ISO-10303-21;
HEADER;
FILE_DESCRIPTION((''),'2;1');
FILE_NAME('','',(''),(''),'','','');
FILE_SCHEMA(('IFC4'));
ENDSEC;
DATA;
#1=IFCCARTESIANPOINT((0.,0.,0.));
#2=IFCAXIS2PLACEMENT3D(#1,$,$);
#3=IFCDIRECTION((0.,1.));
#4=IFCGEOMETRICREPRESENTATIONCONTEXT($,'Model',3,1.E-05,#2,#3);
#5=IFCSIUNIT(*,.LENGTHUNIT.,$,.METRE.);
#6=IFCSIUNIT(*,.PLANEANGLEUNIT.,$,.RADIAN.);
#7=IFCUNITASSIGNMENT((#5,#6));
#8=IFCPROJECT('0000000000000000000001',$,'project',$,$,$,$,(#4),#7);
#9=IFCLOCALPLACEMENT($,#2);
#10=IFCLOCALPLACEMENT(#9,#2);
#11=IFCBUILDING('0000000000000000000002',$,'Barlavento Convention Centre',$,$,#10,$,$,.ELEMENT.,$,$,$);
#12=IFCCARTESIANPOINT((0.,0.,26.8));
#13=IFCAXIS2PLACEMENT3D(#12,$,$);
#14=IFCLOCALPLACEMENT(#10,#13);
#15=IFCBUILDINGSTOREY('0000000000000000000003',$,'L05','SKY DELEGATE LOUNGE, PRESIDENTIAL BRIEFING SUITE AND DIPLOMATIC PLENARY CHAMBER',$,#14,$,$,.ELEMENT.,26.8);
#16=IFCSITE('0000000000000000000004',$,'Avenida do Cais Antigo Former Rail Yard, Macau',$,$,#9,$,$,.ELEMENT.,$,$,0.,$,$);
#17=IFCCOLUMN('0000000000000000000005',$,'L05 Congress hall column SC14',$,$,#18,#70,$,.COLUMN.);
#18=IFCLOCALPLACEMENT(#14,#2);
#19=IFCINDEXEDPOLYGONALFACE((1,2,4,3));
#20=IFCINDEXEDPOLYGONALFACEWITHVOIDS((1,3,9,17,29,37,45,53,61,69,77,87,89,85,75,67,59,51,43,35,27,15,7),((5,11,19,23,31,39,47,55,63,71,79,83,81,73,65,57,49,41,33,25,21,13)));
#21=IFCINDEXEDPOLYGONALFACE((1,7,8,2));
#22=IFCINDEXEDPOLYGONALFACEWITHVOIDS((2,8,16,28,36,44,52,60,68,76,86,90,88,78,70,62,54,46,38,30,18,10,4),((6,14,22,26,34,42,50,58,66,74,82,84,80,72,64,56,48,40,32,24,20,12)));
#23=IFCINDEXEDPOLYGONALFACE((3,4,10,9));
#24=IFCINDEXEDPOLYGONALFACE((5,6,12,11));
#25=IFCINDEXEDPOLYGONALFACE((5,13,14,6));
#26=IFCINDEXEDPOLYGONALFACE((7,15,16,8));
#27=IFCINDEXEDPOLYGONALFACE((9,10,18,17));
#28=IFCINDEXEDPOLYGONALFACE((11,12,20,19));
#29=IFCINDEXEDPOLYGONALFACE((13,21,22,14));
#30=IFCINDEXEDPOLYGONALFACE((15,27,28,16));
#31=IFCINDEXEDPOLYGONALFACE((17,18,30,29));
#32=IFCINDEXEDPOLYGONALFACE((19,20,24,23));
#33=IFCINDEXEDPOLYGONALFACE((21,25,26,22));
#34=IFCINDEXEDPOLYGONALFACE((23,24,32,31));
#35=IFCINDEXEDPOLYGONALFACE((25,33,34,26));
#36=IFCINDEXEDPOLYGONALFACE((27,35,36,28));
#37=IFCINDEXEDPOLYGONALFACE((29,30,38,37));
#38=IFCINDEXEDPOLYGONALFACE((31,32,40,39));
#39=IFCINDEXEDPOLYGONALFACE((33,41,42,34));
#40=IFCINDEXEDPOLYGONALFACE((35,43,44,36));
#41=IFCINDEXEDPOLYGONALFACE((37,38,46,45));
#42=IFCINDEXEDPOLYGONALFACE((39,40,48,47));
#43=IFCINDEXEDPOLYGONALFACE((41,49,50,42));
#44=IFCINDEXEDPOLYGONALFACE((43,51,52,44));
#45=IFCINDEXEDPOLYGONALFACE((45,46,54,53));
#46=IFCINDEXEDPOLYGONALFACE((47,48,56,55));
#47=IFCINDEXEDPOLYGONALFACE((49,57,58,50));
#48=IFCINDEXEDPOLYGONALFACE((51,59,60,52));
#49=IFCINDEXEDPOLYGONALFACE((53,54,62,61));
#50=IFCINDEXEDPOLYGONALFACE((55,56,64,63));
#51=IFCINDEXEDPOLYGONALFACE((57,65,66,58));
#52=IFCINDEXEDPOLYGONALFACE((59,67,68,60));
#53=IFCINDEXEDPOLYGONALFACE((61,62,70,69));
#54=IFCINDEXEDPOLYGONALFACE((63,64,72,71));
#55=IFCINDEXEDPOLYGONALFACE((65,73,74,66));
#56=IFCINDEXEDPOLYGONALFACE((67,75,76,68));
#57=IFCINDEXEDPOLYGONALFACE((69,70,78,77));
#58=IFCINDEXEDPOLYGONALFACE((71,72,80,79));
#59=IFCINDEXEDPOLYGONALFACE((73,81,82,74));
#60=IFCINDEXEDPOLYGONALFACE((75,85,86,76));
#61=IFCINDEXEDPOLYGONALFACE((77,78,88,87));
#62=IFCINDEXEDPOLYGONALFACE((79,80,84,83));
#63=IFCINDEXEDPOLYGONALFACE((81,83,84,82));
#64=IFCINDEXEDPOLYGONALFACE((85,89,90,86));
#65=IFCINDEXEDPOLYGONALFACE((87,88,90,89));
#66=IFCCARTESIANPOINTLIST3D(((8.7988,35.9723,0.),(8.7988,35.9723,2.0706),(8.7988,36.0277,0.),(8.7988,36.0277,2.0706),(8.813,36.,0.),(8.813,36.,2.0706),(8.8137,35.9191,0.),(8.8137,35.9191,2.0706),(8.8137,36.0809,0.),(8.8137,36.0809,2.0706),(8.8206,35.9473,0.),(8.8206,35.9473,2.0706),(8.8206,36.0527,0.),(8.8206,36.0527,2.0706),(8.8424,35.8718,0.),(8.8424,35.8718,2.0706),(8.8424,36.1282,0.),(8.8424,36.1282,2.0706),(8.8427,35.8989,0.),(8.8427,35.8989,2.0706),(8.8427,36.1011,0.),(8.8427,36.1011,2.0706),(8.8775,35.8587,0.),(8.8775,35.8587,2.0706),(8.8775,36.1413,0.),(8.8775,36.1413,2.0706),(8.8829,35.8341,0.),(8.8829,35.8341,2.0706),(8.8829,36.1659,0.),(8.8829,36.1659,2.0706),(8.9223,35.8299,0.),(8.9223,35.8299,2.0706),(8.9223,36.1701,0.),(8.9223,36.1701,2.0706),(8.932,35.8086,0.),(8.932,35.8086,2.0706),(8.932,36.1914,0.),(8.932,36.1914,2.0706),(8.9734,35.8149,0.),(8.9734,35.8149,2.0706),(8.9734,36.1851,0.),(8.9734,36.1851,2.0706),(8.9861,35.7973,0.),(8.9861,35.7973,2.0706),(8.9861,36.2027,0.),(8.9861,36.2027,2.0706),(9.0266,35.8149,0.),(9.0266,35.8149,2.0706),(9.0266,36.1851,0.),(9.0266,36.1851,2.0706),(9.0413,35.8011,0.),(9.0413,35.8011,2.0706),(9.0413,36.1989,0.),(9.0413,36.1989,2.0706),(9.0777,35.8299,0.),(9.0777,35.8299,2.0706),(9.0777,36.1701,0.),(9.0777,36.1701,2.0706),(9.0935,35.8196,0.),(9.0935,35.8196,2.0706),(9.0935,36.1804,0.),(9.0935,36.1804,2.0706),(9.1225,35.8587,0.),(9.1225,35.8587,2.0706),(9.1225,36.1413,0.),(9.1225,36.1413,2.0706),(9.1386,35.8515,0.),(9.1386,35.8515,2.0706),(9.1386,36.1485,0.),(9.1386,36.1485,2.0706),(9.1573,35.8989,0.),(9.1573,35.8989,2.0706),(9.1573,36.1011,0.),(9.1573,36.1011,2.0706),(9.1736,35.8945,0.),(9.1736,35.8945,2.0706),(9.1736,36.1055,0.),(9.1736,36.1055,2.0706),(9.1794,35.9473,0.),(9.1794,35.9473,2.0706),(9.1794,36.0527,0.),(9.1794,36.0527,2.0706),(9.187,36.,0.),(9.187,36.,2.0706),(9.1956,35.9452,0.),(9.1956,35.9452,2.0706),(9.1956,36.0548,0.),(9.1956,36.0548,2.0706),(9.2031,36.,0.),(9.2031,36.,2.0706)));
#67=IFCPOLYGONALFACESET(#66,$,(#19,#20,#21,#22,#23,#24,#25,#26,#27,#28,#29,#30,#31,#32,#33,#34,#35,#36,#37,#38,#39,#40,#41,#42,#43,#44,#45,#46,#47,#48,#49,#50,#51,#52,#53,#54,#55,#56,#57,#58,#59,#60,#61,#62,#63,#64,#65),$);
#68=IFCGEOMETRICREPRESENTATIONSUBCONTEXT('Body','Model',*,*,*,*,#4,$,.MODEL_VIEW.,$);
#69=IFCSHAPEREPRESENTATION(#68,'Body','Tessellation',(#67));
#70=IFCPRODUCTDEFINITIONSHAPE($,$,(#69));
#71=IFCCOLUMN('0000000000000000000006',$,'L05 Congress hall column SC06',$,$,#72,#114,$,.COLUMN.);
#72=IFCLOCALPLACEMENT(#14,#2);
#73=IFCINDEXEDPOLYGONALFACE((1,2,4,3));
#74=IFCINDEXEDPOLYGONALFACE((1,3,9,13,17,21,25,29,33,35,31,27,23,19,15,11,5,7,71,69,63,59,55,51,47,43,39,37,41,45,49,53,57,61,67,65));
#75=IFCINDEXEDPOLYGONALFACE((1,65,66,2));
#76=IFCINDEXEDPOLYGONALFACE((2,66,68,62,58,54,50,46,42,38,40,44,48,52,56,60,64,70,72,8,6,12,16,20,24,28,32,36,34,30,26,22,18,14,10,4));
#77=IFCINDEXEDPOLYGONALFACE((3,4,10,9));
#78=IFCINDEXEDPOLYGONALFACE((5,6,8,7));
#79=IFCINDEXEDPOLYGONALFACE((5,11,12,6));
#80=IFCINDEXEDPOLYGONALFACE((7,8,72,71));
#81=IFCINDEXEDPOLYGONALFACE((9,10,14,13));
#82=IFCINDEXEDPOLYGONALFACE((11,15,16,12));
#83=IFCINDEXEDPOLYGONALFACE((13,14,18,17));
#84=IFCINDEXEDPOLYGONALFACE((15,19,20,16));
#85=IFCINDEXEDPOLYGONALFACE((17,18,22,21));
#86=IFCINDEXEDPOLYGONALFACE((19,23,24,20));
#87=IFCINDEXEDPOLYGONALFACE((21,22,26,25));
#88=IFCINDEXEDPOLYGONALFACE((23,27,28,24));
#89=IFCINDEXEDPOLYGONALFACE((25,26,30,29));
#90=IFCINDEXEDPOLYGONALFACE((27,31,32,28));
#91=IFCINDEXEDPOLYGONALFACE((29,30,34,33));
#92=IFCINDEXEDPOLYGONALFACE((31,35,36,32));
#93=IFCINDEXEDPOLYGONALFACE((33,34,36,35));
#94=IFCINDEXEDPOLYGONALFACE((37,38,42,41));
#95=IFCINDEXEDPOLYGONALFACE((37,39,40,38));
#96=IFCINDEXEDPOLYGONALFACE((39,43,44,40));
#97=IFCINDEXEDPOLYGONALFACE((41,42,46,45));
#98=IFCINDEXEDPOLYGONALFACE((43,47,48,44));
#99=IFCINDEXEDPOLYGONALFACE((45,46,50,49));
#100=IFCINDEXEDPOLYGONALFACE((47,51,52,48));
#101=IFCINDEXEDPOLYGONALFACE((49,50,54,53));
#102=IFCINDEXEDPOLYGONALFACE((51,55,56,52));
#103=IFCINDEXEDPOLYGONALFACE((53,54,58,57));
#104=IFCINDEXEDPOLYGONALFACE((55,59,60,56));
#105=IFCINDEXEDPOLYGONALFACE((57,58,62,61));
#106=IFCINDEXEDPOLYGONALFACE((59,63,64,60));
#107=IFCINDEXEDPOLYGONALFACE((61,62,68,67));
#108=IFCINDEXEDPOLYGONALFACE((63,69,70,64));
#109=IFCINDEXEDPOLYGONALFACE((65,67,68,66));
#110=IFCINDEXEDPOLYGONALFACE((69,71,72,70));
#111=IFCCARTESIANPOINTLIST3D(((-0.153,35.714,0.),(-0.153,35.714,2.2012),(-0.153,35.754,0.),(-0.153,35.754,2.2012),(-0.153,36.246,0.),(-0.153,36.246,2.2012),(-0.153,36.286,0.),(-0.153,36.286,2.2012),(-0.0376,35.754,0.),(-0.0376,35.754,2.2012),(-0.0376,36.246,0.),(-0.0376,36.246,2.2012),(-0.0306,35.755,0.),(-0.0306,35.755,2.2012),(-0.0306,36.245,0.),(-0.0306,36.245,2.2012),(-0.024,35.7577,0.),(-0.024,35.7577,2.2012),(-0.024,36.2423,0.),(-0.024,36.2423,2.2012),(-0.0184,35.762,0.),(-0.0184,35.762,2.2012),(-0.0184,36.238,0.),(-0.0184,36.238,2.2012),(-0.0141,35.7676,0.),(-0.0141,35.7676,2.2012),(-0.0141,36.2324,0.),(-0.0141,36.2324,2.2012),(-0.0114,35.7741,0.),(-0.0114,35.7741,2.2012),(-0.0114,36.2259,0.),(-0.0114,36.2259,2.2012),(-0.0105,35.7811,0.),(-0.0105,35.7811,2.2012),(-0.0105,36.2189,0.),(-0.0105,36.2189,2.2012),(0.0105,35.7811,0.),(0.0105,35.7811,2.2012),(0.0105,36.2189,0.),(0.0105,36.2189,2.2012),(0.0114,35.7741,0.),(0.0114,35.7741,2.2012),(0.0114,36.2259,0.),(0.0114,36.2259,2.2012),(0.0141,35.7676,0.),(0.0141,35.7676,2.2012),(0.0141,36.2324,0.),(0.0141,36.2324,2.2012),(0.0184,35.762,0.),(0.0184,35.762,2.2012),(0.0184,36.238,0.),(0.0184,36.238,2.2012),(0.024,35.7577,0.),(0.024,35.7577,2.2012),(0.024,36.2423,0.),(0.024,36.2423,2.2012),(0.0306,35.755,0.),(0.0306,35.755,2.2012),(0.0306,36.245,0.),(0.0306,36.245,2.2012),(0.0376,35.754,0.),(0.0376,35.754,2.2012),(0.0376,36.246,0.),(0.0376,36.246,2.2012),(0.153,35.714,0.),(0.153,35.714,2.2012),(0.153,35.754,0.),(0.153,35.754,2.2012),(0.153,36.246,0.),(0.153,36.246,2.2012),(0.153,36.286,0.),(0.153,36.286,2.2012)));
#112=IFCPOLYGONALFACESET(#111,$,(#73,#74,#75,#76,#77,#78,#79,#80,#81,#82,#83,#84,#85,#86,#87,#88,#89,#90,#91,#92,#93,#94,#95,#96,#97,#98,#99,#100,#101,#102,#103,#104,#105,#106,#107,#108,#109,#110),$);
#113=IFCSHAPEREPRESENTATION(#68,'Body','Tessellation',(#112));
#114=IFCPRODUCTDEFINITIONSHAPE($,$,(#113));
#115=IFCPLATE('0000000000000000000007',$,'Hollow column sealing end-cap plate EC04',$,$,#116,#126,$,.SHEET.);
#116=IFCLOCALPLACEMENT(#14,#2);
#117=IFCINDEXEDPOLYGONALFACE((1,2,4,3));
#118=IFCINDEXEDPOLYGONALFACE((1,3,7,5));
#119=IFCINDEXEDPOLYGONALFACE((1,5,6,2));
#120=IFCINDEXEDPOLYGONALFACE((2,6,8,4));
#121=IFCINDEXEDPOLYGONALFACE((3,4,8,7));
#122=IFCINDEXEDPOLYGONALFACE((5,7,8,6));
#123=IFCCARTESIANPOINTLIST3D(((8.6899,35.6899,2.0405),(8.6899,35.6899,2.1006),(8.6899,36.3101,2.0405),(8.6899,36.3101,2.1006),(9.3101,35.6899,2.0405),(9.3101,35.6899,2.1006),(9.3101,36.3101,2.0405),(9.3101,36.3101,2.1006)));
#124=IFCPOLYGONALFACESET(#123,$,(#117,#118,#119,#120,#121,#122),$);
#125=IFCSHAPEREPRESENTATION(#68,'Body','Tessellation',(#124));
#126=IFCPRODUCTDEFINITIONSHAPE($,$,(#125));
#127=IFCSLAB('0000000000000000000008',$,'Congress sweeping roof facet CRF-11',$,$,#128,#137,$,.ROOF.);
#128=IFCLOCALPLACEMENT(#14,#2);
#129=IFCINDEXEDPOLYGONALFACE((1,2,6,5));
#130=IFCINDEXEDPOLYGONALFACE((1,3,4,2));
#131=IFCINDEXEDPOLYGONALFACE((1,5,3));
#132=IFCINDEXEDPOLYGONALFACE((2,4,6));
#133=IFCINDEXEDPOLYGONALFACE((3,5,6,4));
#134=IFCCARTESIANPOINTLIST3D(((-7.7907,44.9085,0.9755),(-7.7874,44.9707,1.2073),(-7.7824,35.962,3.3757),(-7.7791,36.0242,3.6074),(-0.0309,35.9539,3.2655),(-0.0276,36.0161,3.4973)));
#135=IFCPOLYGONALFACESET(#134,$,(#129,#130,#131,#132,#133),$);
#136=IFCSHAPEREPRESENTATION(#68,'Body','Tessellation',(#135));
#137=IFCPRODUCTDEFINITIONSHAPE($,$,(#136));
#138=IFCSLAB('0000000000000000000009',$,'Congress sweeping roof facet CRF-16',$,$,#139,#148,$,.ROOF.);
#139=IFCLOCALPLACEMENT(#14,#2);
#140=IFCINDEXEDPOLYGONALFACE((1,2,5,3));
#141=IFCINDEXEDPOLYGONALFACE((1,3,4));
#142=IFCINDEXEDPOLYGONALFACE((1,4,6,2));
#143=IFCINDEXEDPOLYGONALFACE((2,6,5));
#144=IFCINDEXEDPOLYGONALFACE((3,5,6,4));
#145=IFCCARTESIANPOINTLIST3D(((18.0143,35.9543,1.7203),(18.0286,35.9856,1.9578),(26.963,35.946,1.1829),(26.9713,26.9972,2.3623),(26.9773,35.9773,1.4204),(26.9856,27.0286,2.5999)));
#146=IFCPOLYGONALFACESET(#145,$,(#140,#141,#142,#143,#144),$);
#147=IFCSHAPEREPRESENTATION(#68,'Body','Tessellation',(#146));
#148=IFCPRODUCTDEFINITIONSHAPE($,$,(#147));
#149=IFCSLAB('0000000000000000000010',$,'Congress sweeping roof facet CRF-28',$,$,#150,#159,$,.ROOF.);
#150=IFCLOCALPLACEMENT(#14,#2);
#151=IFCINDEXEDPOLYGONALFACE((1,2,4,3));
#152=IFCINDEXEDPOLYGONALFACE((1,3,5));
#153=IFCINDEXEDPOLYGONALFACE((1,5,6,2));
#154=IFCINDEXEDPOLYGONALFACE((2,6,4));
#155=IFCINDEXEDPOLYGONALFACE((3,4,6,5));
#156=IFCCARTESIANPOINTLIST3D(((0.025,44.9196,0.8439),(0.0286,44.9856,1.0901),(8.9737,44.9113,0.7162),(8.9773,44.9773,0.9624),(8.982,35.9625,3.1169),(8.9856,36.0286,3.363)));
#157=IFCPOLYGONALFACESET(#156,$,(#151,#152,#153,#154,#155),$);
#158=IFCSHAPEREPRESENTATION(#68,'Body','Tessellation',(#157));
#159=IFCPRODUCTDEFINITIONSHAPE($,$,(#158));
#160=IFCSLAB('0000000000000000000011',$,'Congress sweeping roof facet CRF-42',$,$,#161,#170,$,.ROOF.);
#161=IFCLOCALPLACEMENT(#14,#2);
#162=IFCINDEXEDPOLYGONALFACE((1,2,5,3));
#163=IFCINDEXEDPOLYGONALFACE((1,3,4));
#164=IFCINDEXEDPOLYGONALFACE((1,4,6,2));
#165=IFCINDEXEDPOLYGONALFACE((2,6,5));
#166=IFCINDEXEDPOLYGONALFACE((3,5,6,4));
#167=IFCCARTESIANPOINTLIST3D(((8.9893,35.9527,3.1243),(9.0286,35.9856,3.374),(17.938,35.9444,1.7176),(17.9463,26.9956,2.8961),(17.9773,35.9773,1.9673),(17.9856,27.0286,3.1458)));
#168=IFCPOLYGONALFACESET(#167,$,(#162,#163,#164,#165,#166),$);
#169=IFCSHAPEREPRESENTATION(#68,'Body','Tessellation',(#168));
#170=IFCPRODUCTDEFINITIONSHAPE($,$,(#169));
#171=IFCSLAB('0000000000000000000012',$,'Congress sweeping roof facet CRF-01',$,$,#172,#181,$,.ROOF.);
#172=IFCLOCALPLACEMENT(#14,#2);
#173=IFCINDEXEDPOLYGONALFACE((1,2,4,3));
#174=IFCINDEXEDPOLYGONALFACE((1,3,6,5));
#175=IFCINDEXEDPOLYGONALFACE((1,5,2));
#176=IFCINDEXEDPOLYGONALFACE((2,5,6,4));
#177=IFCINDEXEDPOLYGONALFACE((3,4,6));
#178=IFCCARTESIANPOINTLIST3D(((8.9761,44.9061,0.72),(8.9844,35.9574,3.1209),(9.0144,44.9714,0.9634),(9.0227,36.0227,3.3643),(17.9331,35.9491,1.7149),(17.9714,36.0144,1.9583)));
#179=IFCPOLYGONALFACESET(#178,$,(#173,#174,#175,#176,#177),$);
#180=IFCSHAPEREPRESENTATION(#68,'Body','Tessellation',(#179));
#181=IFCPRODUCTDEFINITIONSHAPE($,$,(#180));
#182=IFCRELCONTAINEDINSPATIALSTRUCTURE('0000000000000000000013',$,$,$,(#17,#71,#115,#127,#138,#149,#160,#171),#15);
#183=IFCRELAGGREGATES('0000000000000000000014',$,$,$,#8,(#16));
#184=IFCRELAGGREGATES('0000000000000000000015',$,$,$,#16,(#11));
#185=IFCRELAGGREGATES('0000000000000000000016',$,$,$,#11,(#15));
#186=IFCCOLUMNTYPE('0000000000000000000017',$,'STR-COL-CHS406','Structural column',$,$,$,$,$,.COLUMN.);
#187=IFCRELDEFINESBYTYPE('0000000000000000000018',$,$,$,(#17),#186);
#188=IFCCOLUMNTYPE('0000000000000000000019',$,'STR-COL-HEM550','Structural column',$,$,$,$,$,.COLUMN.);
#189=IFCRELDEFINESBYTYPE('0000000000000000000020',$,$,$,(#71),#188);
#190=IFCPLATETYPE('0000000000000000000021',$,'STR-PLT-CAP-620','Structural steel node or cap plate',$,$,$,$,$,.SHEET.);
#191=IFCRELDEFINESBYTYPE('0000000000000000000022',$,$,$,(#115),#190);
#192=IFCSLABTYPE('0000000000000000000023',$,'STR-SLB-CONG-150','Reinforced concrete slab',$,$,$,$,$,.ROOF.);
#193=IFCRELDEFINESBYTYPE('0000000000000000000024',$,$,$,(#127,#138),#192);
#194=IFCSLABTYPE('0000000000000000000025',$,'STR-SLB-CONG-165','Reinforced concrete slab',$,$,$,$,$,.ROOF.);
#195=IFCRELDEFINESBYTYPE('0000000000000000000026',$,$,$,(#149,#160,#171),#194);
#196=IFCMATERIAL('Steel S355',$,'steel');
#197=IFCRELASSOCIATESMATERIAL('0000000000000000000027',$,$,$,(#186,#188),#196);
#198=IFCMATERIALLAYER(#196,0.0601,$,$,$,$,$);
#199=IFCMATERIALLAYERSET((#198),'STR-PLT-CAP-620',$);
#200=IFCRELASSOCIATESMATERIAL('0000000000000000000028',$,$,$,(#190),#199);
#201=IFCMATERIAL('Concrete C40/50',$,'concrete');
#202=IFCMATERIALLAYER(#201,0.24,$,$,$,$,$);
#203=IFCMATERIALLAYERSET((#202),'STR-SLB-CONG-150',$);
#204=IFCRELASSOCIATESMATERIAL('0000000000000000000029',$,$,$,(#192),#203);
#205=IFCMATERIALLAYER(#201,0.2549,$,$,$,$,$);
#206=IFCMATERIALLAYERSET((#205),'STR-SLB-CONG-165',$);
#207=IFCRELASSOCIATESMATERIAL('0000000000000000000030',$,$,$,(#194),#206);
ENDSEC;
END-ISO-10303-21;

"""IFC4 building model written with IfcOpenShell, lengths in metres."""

from ifc_helpers import new_model, si_unit, direction, frame, origin, origin_2d, place, context, subcontext, project, spatial, polyline, rectangle, hollow_circle, i_section, outline, extrude, material, layer, layer_set, material_profile, profile_set, type_object, element, save


model = new_model("IFC4")

# Units and contexts
model_context = context("Model", 3, precision=1e-05, world=origin(), true_north=direction((0.0, 1.0)))
body_context = subcontext(model_context, "Body", "Model", "MODEL_VIEW")
ifc_project = project(units=[si_unit("LENGTHUNIT", "METRE"), si_unit("PLANEANGLEUNIT", "RADIAN")], contexts=[model_context])

# Site, building, storey
site_placement = place(None, origin())
site = spatial("IfcSite", under=ifc_project, at=site_placement, Name="Avenida do Cais Antigo Former Rail Yard, Macau", CompositionType="ELEMENT", RefElevation=0.0)
building_placement = place(site_placement, origin())
building = spatial("IfcBuilding", under=site, at=building_placement, Name="Barlavento Convention Centre", CompositionType="ELEMENT")
storey_placement = place(building_placement, frame((0.0, 0.0, 26.8)))
storey = spatial("IfcBuildingStorey", under=building, at=storey_placement, Name="L05", Description="SKY DELEGATE LOUNGE, PRESIDENTIAL BRIEFING SUITE AND DIPLOMATIC PLENARY CHAMBER", CompositionType="ELEMENT", Elevation=26.8)

# Columns
ifc_material_1 = material(Name="Steel S355", Category="steel")
ifc_material_profile_1 = material_profile(ifc_material_1, hollow_circle(Radius=0.2031, WallThickness=0.0161, at=origin_2d()), Name="CHS 406.4x16.0")
ifc_profile_set_1 = profile_set([ifc_material_profile_1], Name="Steel S355")
column_type_1 = type_object("IfcColumnType", Name="STR-COL-CHS406", Description="Structural column", PredefinedType="COLUMN", material=ifc_profile_set_1)
column_1_placement = place(storey_placement, frame((9.0, 36.0, 0.0), z_axis=(0.0, 0.0, 1.0), x_axis=(1.0, 0.0, 0.0)))
element("IfcColumn", 1, at=column_1_placement, inside=storey, type_object=column_type_1, Name="L05 Congress hall column SC14", PredefinedType="COLUMN", context=body_context, shape_type="SweptSolid", body=[
    extrude(hollow_circle(Radius=0.2031, WallThickness=0.0161, at=origin_2d()), origin(), (0.0, 0.0, 1.0), 2.0706),
])
ifc_material_profile_2 = material_profile(ifc_material_1, i_section(OverallWidth=0.3059, OverallDepth=0.572, WebThickness=0.021, FlangeThickness=0.04, FilletRadius=0.0271, at=origin_2d()), Name="HEM 550")
ifc_profile_set_2 = profile_set([ifc_material_profile_2], Name="Steel S355")
column_type_2 = type_object("IfcColumnType", Name="STR-COL-HEM550", Description="Structural column", PredefinedType="COLUMN", material=ifc_profile_set_2)
column_2_placement = place(storey_placement, frame((0.0, 36.0, 0.0), z_axis=(0.0, 0.0, 1.0), x_axis=(1.0, 0.0, 0.0)))
element("IfcColumn", 2, at=column_2_placement, inside=storey, type_object=column_type_2, Name="L05 Congress hall column SC06", PredefinedType="COLUMN", context=body_context, shape_type="SweptSolid", body=[
    extrude(i_section(OverallWidth=0.3059, OverallDepth=0.572, WebThickness=0.021, FlangeThickness=0.04, FilletRadius=0.0271, at=origin_2d()), origin(), (0.0, 0.0, 1.0), 2.2012),
])

# Plate
ifc_layer_1 = layer(ifc_material_1, 0.0601)
ifc_layer_set_1 = layer_set([ifc_layer_1], Name="STR-PLT-CAP-620")
plate_type = type_object("IfcPlateType", Name="STR-PLT-CAP-620", Description="Structural steel node or cap plate", PredefinedType="SHEET", material=ifc_layer_set_1)
plate_placement = place(storey_placement, frame((9.0, 36.0, 2.0405), z_axis=(0.0, 0.0, 1.0), x_axis=(1.0, 0.0, 0.0)))
element("IfcPlate", 3, at=plate_placement, inside=storey, type_object=plate_type, Name="Hollow column sealing end-cap plate EC04", PredefinedType="SHEET", context=body_context, shape_type="SweptSolid", body=[
    extrude(rectangle(XDim=0.6201, YDim=0.6201, at=origin_2d()), origin(), (0.0, 0.0, 1.0), 0.0601),
])

# Slabs
ifc_material_2 = material(Name="Concrete C40/50", Category="concrete")
ifc_layer_2 = layer(ifc_material_2, 0.24)
ifc_layer_set_2 = layer_set([ifc_layer_2], Name="STR-SLB-CONG-150")
slab_type_1 = type_object("IfcSlabType", Name="STR-SLB-CONG-150", Description="Reinforced concrete slab", PredefinedType="ROOF", material=ifc_layer_set_2)
slab_1_placement = place(storey_placement, frame((-7.7791, 36.0242, 3.6074), z_axis=(0.013987, 0.259101, 0.965749), x_axis=(0.999899, -0.001039, -0.014203)))
element("IfcSlab", 4, at=slab_1_placement, inside=storey, type_object=slab_type_1, Name="Congress sweeping roof facet CRF-11", PredefinedType="ROOF", context=body_context, shape_type="SweptSolid", body=[
    extrude(outline(polyline([(0.0, 0.0), (7.7523, 0.0), (0.0165, 9.2629), (0.0, 0.0)])), origin(), (0.0, 0.0, -1.0), 0.24),
])
slab_2_placement = place(storey_placement, frame((26.9856, 27.0286, 2.5999), z_axis=(0.059548, 0.130492, 0.989659), x_axis=(-0.00092, 0.991425, -0.13067)))
element("IfcSlab", 5, at=slab_2_placement, inside=storey, type_object=slab_type_1, Name="Congress sweeping roof facet CRF-16", PredefinedType="ROOF", context=body_context, shape_type="SweptSolid", body=[
    extrude(outline(polyline([(0.0, 0.0), (9.0261, 0.0), (8.9724, 8.9647), (0.0, 0.0)])), origin(), (0.0, 0.0, -1.0), 0.24),
])
ifc_layer_3 = layer(ifc_material_2, 0.2549)
ifc_layer_set_3 = layer_set([ifc_layer_3], Name="STR-SLB-CONG-165")
slab_type_2 = type_object("IfcSlabType", Name="STR-SLB-CONG-165", Description="Reinforced concrete slab", PredefinedType="ROOF", material=ifc_layer_set_3)
slab_3_placement = place(storey_placement, frame((8.9856, 36.0286, 3.363), z_axis=(0.01402, 0.259091, 0.965751), x_axis=(-0.000896, 0.965849, -0.259104)))
element("IfcSlab", 6, at=slab_3_placement, inside=storey, type_object=slab_type_2, Name="Congress sweeping roof facet CRF-28", PredefinedType="ROOF", context=body_context, shape_type="SweptSolid", body=[
    extrude(outline(polyline([(0.0, 0.0), (9.2651, 0.0), (9.2481, 8.9496), (0.0, 0.0)])), origin(), (0.0, 0.0, -1.0), 0.2549),
])
slab_4_placement = place(storey_placement, frame((17.9856, 27.0286, 3.1458), z_axis=(0.154109, 0.129144, 0.979578), x_axis=(-0.00092, 0.99144, -0.130564)))
element("IfcSlab", 7, at=slab_4_placement, inside=storey, type_object=slab_type_2, Name="Congress sweeping roof facet CRF-42", PredefinedType="ROOF", context=body_context, shape_type="SweptSolid", body=[
    extrude(outline(polyline([(0.0, 0.0), (9.026, 0.0), (8.8588, 9.0571), (0.0, 0.0)])), origin(), (0.0, 0.0, -1.0), 0.2549),
])
slab_5_placement = place(storey_placement, frame((9.0227, 36.0227, 3.3643), z_axis=(0.150261, 0.256317, 0.954842), x_axis=(0.98788, -0.000916, -0.155214)))
element("IfcSlab", 8, at=slab_5_placement, inside=storey, type_object=slab_type_2, Name="Congress sweeping roof facet CRF-01", PredefinedType="ROOF", context=body_context, shape_type="SweptSolid", body=[
    extrude(outline(polyline([(0.0, 0.0), (9.0585, 0.0), (0.3562, 9.2584), (0.0, 0.0)])), origin(), (0.0, 0.0, -1.0), 0.2549),
])

save(model, "model.ifc")
